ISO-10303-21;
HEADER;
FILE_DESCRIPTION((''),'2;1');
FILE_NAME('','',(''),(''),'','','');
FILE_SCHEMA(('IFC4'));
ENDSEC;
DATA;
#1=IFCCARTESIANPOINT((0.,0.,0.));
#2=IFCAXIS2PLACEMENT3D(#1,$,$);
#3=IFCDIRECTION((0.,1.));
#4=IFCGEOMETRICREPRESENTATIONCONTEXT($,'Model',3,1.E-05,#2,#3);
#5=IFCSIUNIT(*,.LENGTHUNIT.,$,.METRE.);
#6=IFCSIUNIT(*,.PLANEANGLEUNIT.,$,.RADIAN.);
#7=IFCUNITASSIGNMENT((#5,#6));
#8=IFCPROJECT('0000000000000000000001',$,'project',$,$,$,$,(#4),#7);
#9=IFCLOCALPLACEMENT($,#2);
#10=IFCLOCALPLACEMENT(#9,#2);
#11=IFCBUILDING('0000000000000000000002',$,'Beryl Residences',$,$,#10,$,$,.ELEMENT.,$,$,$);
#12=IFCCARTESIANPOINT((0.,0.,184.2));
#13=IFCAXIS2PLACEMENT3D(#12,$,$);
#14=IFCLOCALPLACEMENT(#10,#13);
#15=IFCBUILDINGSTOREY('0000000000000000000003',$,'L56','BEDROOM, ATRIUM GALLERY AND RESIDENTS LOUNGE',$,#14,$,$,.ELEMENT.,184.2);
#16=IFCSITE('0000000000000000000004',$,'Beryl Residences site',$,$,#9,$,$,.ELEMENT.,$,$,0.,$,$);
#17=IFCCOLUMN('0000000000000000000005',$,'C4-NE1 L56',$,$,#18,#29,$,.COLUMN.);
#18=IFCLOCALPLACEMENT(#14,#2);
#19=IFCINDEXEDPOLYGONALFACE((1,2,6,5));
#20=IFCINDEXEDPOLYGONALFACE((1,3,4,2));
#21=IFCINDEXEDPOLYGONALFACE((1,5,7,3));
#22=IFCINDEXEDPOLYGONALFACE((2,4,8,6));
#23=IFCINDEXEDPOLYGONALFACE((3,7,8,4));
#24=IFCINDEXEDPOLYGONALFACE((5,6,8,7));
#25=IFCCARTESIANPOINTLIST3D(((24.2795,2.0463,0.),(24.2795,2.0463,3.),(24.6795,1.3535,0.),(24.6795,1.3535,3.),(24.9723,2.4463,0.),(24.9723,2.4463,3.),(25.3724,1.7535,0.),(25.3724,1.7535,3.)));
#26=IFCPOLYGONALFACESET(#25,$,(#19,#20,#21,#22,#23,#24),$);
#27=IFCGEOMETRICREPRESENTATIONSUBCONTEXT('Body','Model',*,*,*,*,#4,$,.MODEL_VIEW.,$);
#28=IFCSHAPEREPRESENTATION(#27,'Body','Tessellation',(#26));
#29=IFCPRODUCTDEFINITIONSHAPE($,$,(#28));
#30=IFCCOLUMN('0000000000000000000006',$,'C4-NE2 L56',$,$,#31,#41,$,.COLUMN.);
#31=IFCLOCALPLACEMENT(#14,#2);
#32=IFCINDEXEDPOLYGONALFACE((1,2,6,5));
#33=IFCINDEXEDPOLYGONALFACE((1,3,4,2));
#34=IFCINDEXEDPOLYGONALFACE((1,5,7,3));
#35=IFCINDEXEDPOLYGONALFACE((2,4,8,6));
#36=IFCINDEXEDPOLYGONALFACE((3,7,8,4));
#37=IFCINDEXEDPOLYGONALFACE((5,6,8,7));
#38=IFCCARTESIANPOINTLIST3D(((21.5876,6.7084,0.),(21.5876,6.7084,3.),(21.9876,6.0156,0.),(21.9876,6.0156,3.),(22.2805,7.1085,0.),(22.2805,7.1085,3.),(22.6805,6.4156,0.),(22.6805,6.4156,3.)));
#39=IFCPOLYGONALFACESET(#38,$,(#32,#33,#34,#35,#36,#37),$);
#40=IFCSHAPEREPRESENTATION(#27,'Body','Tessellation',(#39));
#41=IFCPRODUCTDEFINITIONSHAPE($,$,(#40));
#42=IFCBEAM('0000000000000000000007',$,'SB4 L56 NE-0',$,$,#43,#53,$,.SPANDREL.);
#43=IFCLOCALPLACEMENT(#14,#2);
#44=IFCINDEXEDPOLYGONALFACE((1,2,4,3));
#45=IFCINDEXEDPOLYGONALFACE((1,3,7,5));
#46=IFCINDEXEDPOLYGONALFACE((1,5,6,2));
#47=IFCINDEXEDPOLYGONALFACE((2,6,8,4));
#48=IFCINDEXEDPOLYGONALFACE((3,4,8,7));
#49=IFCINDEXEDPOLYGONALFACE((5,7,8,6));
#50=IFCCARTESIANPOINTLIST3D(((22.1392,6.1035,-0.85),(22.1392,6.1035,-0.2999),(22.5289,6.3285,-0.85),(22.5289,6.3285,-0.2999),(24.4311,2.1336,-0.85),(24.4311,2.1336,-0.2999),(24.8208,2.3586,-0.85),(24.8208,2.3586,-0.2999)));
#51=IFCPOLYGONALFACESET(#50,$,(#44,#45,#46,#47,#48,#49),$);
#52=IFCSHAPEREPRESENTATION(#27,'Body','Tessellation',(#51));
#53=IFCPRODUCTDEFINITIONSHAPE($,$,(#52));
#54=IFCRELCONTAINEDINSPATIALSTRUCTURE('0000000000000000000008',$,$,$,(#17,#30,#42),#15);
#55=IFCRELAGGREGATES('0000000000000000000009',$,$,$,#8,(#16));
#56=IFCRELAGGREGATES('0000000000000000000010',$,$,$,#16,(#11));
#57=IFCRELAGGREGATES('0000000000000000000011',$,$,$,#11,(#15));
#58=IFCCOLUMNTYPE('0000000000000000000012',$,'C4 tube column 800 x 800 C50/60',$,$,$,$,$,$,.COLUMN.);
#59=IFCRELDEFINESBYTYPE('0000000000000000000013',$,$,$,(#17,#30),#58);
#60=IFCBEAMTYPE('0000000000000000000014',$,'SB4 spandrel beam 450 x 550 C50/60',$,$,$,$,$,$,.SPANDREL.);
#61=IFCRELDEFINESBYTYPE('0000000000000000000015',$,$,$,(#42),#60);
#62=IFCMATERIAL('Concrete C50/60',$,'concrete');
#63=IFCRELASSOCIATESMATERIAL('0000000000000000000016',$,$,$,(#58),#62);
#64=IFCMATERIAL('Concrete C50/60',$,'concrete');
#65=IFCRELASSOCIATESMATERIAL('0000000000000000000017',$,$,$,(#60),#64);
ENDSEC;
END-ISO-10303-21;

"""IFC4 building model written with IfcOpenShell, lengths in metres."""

from ifc_helpers import new_model, si_unit, direction, frame, origin, origin_2d, place, context, subcontext, project, spatial, rectangle, extrude, material, material_profile, profile_set, type_object, element, save


model = new_model("IFC4")

# Units and contexts
model_context = context("Model", 3, precision=1e-05, world=origin(), true_north=direction((0.0, 1.0)))
body_context = subcontext(model_context, "Body", "Model", "MODEL_VIEW")
ifc_project = project(units=[si_unit("LENGTHUNIT", "METRE"), si_unit("PLANEANGLEUNIT", "RADIAN")], contexts=[model_context])

# Site, building, storey
site_placement = place(None, origin())
site = spatial("IfcSite", under=ifc_project, at=site_placement, Name="Beryl Residences site", CompositionType="ELEMENT", RefElevation=0.0)
building_placement = place(site_placement, origin())
building = spatial("IfcBuilding", under=site, at=building_placement, Name="Beryl Residences", CompositionType="ELEMENT")
storey_placement = place(building_placement, frame((0.0, 0.0, 184.2)))
storey = spatial("IfcBuildingStorey", under=building, at=storey_placement, Name="L56", Description="BEDROOM, ATRIUM GALLERY AND RESIDENTS LOUNGE", CompositionType="ELEMENT", Elevation=184.2)

# Columns
ifc_material_1 = material(Name="Concrete C50/60", Category="concrete")
ifc_material_profile_1 = material_profile(ifc_material_1, rectangle(XDim=0.8, YDim=0.8, at=origin_2d()))
ifc_profile_set_1 = profile_set([ifc_material_profile_1], Name="Concrete C50/60")
column_type = type_object("IfcColumnType", Name="C4 tube column 800 x 800 C50/60", PredefinedType="COLUMN", material=ifc_profile_set_1)
for number, where, z_axis, x_axis, name in (
    (1, (24.8259, 1.8999, 0.0), (0.0, 0.0, 1.0), (-0.5, 0.866025, 0.0), "C4-NE1 L56"),
    (2, (22.134, 6.562, 0.0), (0.0, 0.0, 1.0), (-0.5, 0.866025, 0.0), "C4-NE2 L56"),
):
    element("IfcColumn", number, at=place(storey_placement, frame(where, z_axis=z_axis, x_axis=x_axis)), inside=storey, type_object=column_type, Name=name, PredefinedType="COLUMN", context=body_context, shape_type="SweptSolid", body=[
        extrude(rectangle(XDim=0.8, YDim=0.8, at=origin_2d()), origin(), (0.0, 0.0, 1.0), 3.0),
    ])

# Beam
ifc_material_2 = material(Name="Concrete C50/60", Category="concrete")
ifc_material_profile_2 = material_profile(ifc_material_2, rectangle(XDim=0.45, YDim=0.55, at=origin_2d()))
ifc_profile_set_2 = profile_set([ifc_material_profile_2], Name="Concrete C50/60")
beam_type = type_object("IfcBeamType", Name="SB4 spandrel beam 450 x 550 C50/60", PredefinedType="SPANDREL", material=ifc_profile_set_2)
beam_placement = place(storey_placement, frame((24.626, 2.2461, -0.575), z_axis=(-0.499988, 0.866032, 0.0), x_axis=(-0.866032, -0.499988, 0.0)))
element("IfcBeam", 3, at=beam_placement, inside=storey, type_object=beam_type, Name="SB4 L56 NE-0", PredefinedType="SPANDREL", context=body_context, shape_type="SweptSolid", body=[
    extrude(rectangle(XDim=0.45, YDim=0.55, at=origin_2d()), origin(), (0.0, 0.0, 1.0), 4.584),
])

save(model, "model.ifc")
